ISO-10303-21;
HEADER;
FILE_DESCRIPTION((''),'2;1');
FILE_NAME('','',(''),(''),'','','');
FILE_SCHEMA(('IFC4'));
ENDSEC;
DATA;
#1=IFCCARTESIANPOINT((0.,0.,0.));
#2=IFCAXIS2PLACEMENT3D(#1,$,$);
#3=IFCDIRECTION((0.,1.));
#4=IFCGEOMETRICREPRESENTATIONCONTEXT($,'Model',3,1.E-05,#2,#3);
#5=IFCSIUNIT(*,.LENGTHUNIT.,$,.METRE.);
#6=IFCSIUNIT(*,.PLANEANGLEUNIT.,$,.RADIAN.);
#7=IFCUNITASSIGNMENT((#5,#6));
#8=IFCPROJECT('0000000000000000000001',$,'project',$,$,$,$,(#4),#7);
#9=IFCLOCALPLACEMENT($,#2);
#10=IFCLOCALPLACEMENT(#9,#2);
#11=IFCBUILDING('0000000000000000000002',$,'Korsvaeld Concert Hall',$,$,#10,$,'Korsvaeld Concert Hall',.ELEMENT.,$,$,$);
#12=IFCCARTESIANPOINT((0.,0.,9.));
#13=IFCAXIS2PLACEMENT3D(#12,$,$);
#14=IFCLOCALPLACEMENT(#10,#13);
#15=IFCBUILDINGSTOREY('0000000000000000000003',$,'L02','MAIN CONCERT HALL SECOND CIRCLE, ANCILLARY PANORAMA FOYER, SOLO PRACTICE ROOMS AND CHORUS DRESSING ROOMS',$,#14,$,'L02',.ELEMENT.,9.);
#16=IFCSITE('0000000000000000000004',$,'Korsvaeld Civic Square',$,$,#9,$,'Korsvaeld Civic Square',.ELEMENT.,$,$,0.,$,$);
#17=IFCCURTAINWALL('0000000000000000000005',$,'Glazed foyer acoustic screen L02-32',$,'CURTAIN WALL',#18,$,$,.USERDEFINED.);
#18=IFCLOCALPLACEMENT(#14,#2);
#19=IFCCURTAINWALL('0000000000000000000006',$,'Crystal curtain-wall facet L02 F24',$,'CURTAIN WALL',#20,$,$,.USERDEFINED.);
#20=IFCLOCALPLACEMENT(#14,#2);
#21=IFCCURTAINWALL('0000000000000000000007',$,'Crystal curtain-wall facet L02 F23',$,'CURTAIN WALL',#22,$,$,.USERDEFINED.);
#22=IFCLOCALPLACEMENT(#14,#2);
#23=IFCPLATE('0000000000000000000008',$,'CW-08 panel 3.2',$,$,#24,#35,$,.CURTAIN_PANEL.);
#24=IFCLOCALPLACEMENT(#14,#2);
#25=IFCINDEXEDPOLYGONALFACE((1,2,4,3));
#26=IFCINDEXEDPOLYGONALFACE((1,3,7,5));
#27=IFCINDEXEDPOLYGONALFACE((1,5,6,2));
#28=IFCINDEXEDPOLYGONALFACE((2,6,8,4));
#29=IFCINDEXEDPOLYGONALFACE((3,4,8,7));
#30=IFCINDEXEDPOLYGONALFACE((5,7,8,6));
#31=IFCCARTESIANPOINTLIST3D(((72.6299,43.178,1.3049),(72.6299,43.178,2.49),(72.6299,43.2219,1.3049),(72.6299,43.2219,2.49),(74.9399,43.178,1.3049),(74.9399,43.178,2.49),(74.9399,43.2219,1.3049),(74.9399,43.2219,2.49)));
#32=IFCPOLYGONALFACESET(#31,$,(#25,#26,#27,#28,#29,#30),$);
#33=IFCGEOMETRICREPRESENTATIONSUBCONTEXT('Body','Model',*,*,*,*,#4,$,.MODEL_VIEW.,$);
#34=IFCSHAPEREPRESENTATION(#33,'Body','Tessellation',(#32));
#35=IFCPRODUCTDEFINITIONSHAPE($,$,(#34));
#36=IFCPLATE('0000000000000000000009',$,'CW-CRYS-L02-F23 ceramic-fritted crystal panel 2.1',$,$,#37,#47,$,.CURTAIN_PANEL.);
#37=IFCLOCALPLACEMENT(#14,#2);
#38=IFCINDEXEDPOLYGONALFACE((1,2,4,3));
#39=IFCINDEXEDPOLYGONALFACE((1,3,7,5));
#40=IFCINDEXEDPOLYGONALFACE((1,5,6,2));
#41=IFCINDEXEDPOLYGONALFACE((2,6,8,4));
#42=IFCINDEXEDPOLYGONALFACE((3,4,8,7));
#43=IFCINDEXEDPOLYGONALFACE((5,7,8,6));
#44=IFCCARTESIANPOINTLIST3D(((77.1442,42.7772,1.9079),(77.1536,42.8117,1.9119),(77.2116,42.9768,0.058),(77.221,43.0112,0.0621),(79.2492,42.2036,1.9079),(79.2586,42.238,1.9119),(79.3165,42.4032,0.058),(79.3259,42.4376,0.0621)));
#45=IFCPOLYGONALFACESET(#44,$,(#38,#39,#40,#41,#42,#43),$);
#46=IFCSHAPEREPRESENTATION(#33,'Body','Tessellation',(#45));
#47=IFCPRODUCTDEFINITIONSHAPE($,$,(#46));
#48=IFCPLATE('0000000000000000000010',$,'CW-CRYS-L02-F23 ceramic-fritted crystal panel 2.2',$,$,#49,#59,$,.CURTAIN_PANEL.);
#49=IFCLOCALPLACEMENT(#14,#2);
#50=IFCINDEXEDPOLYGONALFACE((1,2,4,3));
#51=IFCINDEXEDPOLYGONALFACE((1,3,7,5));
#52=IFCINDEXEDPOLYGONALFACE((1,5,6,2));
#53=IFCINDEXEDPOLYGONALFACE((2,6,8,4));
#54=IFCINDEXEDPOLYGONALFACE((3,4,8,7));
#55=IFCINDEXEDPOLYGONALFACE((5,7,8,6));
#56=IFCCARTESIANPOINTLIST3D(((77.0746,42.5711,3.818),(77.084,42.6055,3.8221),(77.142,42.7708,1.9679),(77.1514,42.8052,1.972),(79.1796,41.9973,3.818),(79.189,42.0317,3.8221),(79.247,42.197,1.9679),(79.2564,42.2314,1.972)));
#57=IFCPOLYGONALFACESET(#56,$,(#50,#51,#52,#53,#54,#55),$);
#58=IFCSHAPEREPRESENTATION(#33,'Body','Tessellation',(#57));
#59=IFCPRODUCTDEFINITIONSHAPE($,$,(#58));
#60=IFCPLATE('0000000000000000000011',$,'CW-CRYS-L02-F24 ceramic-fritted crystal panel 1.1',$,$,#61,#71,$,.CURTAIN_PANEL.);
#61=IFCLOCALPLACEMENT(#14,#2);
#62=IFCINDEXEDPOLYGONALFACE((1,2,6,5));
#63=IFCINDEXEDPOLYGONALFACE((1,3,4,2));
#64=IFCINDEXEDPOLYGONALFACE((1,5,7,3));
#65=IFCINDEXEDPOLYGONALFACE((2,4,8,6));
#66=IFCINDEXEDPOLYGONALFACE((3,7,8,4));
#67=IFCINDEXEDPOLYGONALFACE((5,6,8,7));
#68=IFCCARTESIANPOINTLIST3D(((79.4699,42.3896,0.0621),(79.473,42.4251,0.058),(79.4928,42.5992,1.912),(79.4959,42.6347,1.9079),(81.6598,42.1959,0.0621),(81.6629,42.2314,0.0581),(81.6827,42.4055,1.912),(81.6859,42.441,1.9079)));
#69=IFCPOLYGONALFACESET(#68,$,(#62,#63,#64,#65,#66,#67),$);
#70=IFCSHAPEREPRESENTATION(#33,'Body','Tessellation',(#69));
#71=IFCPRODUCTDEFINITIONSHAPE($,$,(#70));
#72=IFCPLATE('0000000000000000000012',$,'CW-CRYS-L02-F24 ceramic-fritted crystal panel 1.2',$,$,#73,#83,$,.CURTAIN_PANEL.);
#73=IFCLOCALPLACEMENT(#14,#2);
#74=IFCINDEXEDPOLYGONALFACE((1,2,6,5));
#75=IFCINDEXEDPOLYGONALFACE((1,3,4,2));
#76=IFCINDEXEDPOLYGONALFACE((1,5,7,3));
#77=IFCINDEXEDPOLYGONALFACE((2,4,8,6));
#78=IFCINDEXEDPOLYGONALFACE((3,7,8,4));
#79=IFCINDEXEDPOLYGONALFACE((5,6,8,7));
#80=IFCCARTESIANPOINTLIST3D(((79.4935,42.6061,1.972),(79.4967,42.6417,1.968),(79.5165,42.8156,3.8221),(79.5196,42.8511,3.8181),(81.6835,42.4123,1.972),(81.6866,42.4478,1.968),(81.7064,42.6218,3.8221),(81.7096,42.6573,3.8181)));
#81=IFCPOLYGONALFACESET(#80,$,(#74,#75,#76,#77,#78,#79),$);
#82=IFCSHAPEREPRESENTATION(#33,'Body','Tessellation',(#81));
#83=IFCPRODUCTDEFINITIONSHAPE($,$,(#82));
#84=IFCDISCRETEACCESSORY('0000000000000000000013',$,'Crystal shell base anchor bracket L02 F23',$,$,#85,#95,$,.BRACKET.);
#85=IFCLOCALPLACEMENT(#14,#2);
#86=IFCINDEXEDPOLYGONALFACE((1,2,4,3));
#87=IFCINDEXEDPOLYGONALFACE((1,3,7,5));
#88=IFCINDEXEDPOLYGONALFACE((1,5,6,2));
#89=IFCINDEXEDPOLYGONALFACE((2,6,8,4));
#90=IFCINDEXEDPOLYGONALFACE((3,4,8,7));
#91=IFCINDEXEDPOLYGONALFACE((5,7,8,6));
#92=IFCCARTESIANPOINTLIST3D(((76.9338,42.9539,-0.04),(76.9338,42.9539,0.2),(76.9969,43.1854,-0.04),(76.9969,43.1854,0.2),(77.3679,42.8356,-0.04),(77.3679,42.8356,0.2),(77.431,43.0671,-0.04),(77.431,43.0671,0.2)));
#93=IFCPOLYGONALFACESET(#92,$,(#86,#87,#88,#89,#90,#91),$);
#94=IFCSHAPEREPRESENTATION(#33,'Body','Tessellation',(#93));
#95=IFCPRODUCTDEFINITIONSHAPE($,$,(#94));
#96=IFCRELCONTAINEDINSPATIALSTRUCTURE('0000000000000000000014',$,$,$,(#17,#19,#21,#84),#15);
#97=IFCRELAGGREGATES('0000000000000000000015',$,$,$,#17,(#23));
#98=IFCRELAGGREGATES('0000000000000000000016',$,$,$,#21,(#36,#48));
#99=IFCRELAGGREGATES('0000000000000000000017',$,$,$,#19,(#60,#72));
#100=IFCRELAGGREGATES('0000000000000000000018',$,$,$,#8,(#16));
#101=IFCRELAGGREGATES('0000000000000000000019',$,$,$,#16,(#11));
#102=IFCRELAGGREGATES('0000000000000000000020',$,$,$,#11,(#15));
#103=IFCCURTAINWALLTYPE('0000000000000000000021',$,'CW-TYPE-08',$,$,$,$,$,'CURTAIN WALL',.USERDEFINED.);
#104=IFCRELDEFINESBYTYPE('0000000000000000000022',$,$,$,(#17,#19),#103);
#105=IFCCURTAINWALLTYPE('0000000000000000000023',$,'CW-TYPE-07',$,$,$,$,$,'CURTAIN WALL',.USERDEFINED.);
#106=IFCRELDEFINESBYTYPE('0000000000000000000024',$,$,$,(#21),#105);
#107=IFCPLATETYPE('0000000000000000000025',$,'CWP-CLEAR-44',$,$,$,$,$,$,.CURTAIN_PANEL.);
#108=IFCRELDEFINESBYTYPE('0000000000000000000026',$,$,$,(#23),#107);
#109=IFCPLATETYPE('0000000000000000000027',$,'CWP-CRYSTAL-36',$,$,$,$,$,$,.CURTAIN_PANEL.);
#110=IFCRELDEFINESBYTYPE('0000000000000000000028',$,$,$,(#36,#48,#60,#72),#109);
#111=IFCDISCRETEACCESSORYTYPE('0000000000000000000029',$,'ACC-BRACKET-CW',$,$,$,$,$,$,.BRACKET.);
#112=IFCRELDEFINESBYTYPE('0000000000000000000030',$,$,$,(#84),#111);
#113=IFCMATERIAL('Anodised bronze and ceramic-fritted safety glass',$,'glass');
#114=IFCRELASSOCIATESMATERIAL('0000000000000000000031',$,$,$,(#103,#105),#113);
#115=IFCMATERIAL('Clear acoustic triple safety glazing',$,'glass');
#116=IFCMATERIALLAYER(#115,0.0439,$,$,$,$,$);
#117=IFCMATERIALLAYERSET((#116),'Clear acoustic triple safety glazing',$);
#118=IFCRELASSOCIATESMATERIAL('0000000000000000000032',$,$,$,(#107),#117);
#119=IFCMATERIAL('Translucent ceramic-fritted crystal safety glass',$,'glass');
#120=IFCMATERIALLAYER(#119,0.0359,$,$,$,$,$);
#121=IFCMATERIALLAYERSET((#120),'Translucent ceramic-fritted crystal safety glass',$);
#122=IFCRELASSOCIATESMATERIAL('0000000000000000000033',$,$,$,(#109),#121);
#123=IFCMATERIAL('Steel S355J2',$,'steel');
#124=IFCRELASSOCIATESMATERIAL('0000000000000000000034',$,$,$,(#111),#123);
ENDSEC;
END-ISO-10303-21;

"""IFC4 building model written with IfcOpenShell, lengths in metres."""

from ifc_helpers import new_model, si_unit, direction, frame, origin, origin_2d, place, context, subcontext, project, spatial, polyline, rectangle, outline, extrude, material, layer, layer_set, type_object, element, aggregate, save


model = new_model("IFC4")

# Units and contexts
model_context = context("Model", 3, precision=1e-05, world=origin(), true_north=direction((0.0, 1.0)))
body_context = subcontext(model_context, "Body", "Model", "MODEL_VIEW")
ifc_project = project(units=[si_unit("LENGTHUNIT", "METRE"), si_unit("PLANEANGLEUNIT", "RADIAN")], contexts=[model_context])

# Site, building, storey
site_placement = place(None, origin())
site = spatial("IfcSite", under=ifc_project, at=site_placement, Name="Korsvaeld Civic Square", LongName="Korsvaeld Civic Square", CompositionType="ELEMENT", RefElevation=0.0)
building_placement = place(site_placement, origin())
building = spatial("IfcBuilding", under=site, at=building_placement, Name="Korsvaeld Concert Hall", LongName="Korsvaeld Concert Hall", CompositionType="ELEMENT")
storey_placement = place(building_placement, frame((0.0, 0.0, 9.0)))
storey = spatial("IfcBuildingStorey", under=building, at=storey_placement, Name="L02", Description="MAIN CONCERT HALL SECOND CIRCLE, ANCILLARY PANORAMA FOYER, SOLO PRACTICE ROOMS AND CHORUS DRESSING ROOMS", LongName="L02", CompositionType="ELEMENT", Elevation=9.0)

# Curtain walls
ifc_material_1 = material(Name="Anodised bronze and ceramic-fritted safety glass", Category="glass")
curtain_wall_type_1 = type_object("IfcCurtainWallType", Name="CW-TYPE-08", ElementType="CURTAIN WALL", PredefinedType="USERDEFINED", material=ifc_material_1)
curtain_wall_1_placement = place(storey_placement, origin())
curtain_wall_1 = element("IfcCurtainWall", 1, at=curtain_wall_1_placement, inside=storey, type_object=curtain_wall_type_1, Name="Glazed foyer acoustic screen L02-32", ObjectType="CURTAIN WALL", PredefinedType="USERDEFINED")
curtain_wall_2_placement = place(storey_placement, origin())
curtain_wall_2 = element("IfcCurtainWall", 2, at=curtain_wall_2_placement, inside=storey, type_object=curtain_wall_type_1, Name="Crystal curtain-wall facet L02 F24", ObjectType="CURTAIN WALL", PredefinedType="USERDEFINED")

# Curtain wall
curtain_wall_type_2 = type_object("IfcCurtainWallType", Name="CW-TYPE-07", ElementType="CURTAIN WALL", PredefinedType="USERDEFINED", material=ifc_material_1)
curtain_wall_3_placement = place(storey_placement, origin())
curtain_wall_3 = element("IfcCurtainWall", 3, at=curtain_wall_3_placement, inside=storey, type_object=curtain_wall_type_2, Name="Crystal curtain-wall facet L02 F23", ObjectType="CURTAIN WALL", PredefinedType="USERDEFINED")

# Plates
ifc_material_2 = material(Name="Clear acoustic triple safety glazing", Category="glass")
ifc_layer_1 = layer(ifc_material_2, 0.0439)
ifc_layer_set_1 = layer_set([ifc_layer_1], Name="Clear acoustic triple safety glazing")
plate_type_1 = type_object("IfcPlateType", Name="CWP-CLEAR-44", PredefinedType="CURTAIN_PANEL", material=ifc_layer_set_1)
plate_1_placement = place(storey_placement, frame((73.7849, 43.2, 1.3049), z_axis=(0.0, 0.0, 1.0), x_axis=(1.0, 0.0, 0.0)))
plate_1 = element("IfcPlate", 4, at=plate_1_placement, type_object=plate_type_1, Name="CW-08 panel 3.2", PredefinedType="CURTAIN_PANEL", context=body_context, shape_type="SweptSolid", body=[
    extrude(rectangle(XDim=2.3101, YDim=0.0439, at=origin_2d()), origin(), (0.0, 0.0, 1.0), 1.1851),
])
aggregate(curtain_wall_1, [plate_1])
ifc_material_3 = material(Name="Translucent ceramic-fritted crystal safety glass", Category="glass")
ifc_layer_2 = layer(ifc_material_3, 0.0359)
ifc_layer_set_2 = layer_set([ifc_layer_2], Name="Translucent ceramic-fritted crystal safety glass")
plate_type_2 = type_object("IfcPlateType", Name="CWP-CRYSTAL-36", PredefinedType="CURTAIN_PANEL", material=ifc_layer_set_2)
plate_2_placement = place(storey_placement, frame((77.2163, 42.9941, 0.0601), z_axis=(-0.261231, -0.958646, -0.112946), x_axis=(0.96482, -0.262913, -0.000006)))
plate_2 = element("IfcPlate", 5, at=plate_2_placement, type_object=plate_type_2, Name="CW-CRYS-L02-F23 ceramic-fritted crystal panel 2.1", PredefinedType="CURTAIN_PANEL", context=body_context, shape_type="SweptSolid", body=[
    extrude(outline(polyline([(0.0, 0.0), (2.1817, 0.0), (2.1692, 1.8618), (-0.0126, 1.8618), (0.0, 0.0)])), frame((0.0, 0.0, 0.0181)), (0.0, 0.0, -1.0), 0.0359),
])
plate_3_placement = place(storey_placement, frame((77.1467, 42.7881, 1.97), z_axis=(-0.261282, -0.958626, -0.112994), x_axis=(0.964805, -0.262966, 0.0)))
plate_3 = element("IfcPlate", 6, at=plate_3_placement, type_object=plate_type_2, Name="CW-CRYS-L02-F23 ceramic-fritted crystal panel 2.2", PredefinedType="CURTAIN_PANEL", context=body_context, shape_type="SweptSolid", body=[
    extrude(outline(polyline([(0.0, 0.0), (2.1818, 0.0), (2.1693, 1.862), (-0.0125, 1.862), (0.0, 0.0)])), frame((0.0, 0.0, 0.0181)), (0.0, 0.0, -1.0), 0.0359),
])
aggregate(curtain_wall_3, [plate_2, plate_3])
plate_4_placement = place(storey_placement, frame((79.4714, 42.4075, 0.0601), z_axis=(-0.087551, -0.989705, 0.113223), x_axis=(0.99611, -0.088117, 0.000006)))
plate_4 = element("IfcPlate", 7, at=plate_4_placement, type_object=plate_type_2, Name="CW-CRYS-L02-F24 ceramic-fritted crystal panel 1.1", PredefinedType="CURTAIN_PANEL", context=body_context, shape_type="SweptSolid", body=[
    extrude(outline(polyline([(0.0, 0.0), (2.1985, 0.0), (2.2029, 1.8618), (0.0044, 1.8618), (0.0, 0.0)])), frame((0.0, 0.0, 0.0181)), (0.0, 0.0, -1.0), 0.0359),
])
plate_5_placement = place(storey_placement, frame((79.4951, 42.624, 1.97), z_axis=(-0.087606, -0.989709, 0.113144), x_axis=(0.996105, -0.088173, 0.0)))
plate_5 = element("IfcPlate", 8, at=plate_5_placement, type_object=plate_type_2, Name="CW-CRYS-L02-F24 ceramic-fritted crystal panel 1.2", PredefinedType="CURTAIN_PANEL", context=body_context, shape_type="SweptSolid", body=[
    extrude(outline(polyline([(0.0, 0.0), (2.1985, 0.0), (2.2029, 1.8621), (0.0044, 1.8621), (0.0, 0.0)])), frame((0.0, 0.0, 0.0181)), (0.0, 0.0, -1.0), 0.0359),
])
aggregate(curtain_wall_2, [plate_4, plate_5])

# Discrete accessory
ifc_material_4 = material(Name="Steel S355J2", Category="steel")
discrete_accessory_type = type_object("IfcDiscreteAccessoryType", Name="ACC-BRACKET-CW", PredefinedType="BRACKET", material=ifc_material_4)
discrete_accessory_placement = place(storey_placement, frame((77.1824, 43.0105, -0.04), z_axis=(0.0, 0.0, 1.0), x_axis=(0.964833, -0.262863, 0.0)))
element("IfcDiscreteAccessory", 9, at=discrete_accessory_placement, inside=storey, type_object=discrete_accessory_type, Name="Crystal shell base anchor bracket L02 F23", PredefinedType="BRACKET", context=body_context, shape_type="SweptSolid", body=[
    extrude(rectangle(XDim=0.45, YDim=0.24, at=origin_2d()), origin(), (0.0, 0.0, 1.0), 0.24),
])

save(model, "model.ifc")
